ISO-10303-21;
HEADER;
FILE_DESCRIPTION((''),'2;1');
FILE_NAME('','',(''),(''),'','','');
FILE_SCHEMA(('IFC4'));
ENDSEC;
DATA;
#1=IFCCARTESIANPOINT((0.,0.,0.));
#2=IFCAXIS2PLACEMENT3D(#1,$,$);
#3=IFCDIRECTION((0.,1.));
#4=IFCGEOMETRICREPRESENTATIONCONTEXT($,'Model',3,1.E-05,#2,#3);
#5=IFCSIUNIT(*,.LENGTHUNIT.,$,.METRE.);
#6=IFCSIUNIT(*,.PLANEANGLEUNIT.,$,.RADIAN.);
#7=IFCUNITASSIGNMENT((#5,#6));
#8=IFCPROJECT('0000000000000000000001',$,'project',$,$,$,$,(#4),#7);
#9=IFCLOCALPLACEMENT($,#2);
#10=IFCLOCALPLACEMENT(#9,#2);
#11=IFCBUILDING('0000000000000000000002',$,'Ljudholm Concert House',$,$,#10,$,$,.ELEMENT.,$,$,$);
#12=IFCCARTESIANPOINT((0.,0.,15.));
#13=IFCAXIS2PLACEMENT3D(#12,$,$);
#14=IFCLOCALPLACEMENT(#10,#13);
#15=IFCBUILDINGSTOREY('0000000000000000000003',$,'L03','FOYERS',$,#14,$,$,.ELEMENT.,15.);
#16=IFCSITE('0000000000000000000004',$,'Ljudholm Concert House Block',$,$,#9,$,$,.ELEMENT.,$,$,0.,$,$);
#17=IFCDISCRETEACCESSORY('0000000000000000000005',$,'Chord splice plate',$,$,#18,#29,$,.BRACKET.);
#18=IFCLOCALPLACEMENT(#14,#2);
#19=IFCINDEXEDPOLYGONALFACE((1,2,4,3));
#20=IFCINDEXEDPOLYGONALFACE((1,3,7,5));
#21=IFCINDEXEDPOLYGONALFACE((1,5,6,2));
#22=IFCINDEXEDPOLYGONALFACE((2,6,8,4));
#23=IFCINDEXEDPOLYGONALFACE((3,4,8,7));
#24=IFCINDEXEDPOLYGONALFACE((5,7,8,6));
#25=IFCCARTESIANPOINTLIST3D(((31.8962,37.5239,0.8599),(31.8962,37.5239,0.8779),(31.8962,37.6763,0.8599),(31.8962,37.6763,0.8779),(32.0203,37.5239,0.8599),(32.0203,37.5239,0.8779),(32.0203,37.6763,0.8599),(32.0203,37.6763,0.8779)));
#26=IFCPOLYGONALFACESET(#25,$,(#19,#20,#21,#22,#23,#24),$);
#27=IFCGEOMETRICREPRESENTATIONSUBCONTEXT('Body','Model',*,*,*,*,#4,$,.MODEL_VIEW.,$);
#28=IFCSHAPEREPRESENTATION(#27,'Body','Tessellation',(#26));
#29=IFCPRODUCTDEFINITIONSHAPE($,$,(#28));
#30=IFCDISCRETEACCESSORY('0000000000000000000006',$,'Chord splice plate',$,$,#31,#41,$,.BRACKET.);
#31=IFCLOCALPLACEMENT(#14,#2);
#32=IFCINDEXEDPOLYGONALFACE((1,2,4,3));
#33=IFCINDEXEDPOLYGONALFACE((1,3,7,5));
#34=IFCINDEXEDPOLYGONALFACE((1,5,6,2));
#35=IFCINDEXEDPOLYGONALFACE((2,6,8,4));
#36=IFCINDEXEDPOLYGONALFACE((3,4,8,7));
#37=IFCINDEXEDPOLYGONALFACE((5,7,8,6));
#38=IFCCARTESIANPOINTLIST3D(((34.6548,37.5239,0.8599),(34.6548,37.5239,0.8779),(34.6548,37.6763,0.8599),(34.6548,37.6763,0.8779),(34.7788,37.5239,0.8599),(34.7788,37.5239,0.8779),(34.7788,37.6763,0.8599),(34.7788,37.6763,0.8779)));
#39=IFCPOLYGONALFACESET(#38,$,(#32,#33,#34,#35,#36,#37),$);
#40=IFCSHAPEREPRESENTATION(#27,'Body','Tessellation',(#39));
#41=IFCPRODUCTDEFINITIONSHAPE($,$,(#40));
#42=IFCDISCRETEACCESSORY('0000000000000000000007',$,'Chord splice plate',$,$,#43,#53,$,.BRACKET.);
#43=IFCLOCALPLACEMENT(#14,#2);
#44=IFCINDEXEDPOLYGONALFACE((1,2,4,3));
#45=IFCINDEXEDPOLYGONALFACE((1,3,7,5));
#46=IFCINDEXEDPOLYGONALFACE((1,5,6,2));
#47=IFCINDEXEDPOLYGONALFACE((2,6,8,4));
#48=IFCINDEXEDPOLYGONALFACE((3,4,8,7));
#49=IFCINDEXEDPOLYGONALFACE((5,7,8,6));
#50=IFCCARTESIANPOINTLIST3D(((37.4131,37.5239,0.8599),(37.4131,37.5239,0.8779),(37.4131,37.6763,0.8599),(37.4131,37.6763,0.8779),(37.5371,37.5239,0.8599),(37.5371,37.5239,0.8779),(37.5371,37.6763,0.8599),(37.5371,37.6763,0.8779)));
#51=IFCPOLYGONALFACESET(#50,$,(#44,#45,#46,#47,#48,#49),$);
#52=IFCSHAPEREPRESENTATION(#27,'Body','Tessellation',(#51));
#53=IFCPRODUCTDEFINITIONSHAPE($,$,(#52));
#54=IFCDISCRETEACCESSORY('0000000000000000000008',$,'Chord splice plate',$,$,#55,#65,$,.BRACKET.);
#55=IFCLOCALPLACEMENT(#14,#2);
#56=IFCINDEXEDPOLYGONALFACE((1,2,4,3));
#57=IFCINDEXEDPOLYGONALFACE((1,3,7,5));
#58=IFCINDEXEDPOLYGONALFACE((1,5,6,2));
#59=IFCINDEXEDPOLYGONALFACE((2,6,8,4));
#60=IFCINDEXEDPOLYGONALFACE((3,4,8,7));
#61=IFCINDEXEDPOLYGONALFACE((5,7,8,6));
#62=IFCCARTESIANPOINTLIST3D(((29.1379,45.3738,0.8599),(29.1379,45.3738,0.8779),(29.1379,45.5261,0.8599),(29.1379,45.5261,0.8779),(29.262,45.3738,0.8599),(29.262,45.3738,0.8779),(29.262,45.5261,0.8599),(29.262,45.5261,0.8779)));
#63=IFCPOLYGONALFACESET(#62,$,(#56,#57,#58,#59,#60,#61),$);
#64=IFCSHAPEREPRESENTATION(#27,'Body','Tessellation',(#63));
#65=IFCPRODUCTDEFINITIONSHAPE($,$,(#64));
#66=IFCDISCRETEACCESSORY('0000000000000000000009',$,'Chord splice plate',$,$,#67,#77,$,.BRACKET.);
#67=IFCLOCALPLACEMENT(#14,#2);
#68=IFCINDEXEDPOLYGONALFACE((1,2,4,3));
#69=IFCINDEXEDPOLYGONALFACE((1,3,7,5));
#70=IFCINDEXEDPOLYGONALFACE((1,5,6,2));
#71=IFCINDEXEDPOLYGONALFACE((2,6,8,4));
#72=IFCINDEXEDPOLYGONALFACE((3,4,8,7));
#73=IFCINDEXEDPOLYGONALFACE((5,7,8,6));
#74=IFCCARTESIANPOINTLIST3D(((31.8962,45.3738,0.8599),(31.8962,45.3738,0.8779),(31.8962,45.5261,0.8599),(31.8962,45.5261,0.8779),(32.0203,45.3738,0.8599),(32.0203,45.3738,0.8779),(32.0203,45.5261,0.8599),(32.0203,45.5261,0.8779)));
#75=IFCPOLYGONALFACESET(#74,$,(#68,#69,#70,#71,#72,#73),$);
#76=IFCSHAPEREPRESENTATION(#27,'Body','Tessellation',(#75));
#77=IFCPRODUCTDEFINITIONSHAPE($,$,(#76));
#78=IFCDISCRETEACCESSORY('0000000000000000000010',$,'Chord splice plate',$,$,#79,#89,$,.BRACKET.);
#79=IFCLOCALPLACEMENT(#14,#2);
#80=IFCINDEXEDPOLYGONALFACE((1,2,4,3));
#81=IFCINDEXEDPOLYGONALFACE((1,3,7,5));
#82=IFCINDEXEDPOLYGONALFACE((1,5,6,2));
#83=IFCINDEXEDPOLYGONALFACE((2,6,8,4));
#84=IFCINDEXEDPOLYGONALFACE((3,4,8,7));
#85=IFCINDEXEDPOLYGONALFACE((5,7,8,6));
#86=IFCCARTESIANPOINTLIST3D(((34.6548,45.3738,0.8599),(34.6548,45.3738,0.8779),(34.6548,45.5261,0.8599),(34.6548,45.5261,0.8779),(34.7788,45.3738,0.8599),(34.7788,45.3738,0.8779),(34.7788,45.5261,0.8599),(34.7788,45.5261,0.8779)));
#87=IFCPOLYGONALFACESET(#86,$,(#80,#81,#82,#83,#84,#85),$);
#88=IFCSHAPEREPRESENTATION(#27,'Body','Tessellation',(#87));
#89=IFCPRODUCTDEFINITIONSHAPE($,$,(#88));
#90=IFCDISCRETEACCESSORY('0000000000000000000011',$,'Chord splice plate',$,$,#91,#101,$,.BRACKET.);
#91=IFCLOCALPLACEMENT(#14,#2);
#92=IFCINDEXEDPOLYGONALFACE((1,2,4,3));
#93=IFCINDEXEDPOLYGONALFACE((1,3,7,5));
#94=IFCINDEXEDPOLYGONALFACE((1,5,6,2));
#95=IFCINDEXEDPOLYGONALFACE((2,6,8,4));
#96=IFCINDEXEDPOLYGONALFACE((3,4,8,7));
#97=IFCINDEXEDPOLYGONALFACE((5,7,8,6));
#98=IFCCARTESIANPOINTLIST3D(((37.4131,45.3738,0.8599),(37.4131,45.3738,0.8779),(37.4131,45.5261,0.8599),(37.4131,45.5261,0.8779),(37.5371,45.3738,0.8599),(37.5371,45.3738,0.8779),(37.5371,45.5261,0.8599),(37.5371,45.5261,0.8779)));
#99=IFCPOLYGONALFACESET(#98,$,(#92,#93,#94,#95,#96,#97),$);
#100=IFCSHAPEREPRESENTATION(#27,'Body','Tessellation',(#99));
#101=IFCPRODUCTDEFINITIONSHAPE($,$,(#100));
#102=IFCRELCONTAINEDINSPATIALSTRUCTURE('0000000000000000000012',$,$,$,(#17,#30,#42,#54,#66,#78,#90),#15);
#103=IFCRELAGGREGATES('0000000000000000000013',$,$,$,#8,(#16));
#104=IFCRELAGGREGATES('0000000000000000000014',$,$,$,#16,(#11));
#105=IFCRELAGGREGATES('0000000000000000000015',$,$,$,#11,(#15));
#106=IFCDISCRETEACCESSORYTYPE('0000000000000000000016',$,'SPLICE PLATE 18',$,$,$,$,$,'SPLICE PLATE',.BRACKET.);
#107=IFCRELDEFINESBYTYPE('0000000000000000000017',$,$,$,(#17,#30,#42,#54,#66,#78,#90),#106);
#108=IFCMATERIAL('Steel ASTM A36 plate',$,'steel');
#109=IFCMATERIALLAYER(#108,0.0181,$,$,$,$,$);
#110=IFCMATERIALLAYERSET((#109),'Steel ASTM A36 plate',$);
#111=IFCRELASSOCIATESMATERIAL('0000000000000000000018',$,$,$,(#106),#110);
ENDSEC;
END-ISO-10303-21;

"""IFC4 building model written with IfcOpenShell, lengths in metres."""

from ifc_helpers import new_model, si_unit, direction, frame, origin, origin_2d, place, context, subcontext, project, spatial, rectangle, extrude, material, layer, layer_set, type_object, element, save


model = new_model("IFC4")

# Units and contexts
model_context = context("Model", 3, precision=1e-05, world=origin(), true_north=direction((0.0, 1.0)))
body_context = subcontext(model_context, "Body", "Model", "MODEL_VIEW")
ifc_project = project(units=[si_unit("LENGTHUNIT", "METRE"), si_unit("PLANEANGLEUNIT", "RADIAN")], contexts=[model_context])

# Site, building, storey
site_placement = place(None, origin())
site = spatial("IfcSite", under=ifc_project, at=site_placement, Name="Ljudholm Concert House Block", CompositionType="ELEMENT", RefElevation=0.0)
building_placement = place(site_placement, origin())
building = spatial("IfcBuilding", under=site, at=building_placement, Name="Ljudholm Concert House", CompositionType="ELEMENT")
storey_placement = place(building_placement, frame((0.0, 0.0, 15.0)))
storey = spatial("IfcBuildingStorey", under=building, at=storey_placement, Name="L03", Description="FOYERS", CompositionType="ELEMENT", Elevation=15.0)

# Discrete accessories
ifc_material_1 = material(Name="Steel ASTM A36 plate", Category="steel")
ifc_layer_1 = layer(ifc_material_1, 0.0181)
ifc_layer_set_1 = layer_set([ifc_layer_1], Name="Steel ASTM A36 plate")
discrete_accessory_type_1 = type_object("IfcDiscreteAccessoryType", Name="SPLICE PLATE 18", ElementType="SPLICE PLATE", PredefinedType="BRACKET", material=ifc_layer_set_1)
for number, where, z_axis, x_axis, name in (
    (1, (31.9583, 37.6001, 0.8599), (0.0, 0.0, 1.0), (1.0, 0.0, 0.0), "Chord splice plate"),
    (2, (34.7168, 37.6001, 0.8599), (0.0, 0.0, 1.0), (1.0, 0.0, 0.0), "Chord splice plate"),
    (3, (37.4751, 37.6001, 0.8599), (0.0, 0.0, 1.0), (1.0, 0.0, 0.0), "Chord splice plate"),
    (4, (29.2, 45.45, 0.8599), (0.0, 0.0, 1.0), (1.0, 0.0, 0.0), "Chord splice plate"),
    (5, (31.9583, 45.45, 0.8599), (0.0, 0.0, 1.0), (1.0, 0.0, 0.0), "Chord splice plate"),
    (6, (34.7168, 45.45, 0.8599), (0.0, 0.0, 1.0), (1.0, 0.0, 0.0), "Chord splice plate"),
    (7, (37.4751, 45.45, 0.8599), (0.0, 0.0, 1.0), (1.0, 0.0, 0.0), "Chord splice plate"),
):
    element("IfcDiscreteAccessory", number, at=place(storey_placement, frame(where, z_axis=z_axis, x_axis=x_axis)), inside=storey, type_object=discrete_accessory_type_1, Name=name, PredefinedType="BRACKET", context=body_context, shape_type="SweptSolid", body=[
        extrude(rectangle(XDim=0.124, YDim=0.1523, at=origin_2d()), origin(), (0.0, 0.0, 1.0), 0.0181),
    ])

save(model, "model.ifc")
